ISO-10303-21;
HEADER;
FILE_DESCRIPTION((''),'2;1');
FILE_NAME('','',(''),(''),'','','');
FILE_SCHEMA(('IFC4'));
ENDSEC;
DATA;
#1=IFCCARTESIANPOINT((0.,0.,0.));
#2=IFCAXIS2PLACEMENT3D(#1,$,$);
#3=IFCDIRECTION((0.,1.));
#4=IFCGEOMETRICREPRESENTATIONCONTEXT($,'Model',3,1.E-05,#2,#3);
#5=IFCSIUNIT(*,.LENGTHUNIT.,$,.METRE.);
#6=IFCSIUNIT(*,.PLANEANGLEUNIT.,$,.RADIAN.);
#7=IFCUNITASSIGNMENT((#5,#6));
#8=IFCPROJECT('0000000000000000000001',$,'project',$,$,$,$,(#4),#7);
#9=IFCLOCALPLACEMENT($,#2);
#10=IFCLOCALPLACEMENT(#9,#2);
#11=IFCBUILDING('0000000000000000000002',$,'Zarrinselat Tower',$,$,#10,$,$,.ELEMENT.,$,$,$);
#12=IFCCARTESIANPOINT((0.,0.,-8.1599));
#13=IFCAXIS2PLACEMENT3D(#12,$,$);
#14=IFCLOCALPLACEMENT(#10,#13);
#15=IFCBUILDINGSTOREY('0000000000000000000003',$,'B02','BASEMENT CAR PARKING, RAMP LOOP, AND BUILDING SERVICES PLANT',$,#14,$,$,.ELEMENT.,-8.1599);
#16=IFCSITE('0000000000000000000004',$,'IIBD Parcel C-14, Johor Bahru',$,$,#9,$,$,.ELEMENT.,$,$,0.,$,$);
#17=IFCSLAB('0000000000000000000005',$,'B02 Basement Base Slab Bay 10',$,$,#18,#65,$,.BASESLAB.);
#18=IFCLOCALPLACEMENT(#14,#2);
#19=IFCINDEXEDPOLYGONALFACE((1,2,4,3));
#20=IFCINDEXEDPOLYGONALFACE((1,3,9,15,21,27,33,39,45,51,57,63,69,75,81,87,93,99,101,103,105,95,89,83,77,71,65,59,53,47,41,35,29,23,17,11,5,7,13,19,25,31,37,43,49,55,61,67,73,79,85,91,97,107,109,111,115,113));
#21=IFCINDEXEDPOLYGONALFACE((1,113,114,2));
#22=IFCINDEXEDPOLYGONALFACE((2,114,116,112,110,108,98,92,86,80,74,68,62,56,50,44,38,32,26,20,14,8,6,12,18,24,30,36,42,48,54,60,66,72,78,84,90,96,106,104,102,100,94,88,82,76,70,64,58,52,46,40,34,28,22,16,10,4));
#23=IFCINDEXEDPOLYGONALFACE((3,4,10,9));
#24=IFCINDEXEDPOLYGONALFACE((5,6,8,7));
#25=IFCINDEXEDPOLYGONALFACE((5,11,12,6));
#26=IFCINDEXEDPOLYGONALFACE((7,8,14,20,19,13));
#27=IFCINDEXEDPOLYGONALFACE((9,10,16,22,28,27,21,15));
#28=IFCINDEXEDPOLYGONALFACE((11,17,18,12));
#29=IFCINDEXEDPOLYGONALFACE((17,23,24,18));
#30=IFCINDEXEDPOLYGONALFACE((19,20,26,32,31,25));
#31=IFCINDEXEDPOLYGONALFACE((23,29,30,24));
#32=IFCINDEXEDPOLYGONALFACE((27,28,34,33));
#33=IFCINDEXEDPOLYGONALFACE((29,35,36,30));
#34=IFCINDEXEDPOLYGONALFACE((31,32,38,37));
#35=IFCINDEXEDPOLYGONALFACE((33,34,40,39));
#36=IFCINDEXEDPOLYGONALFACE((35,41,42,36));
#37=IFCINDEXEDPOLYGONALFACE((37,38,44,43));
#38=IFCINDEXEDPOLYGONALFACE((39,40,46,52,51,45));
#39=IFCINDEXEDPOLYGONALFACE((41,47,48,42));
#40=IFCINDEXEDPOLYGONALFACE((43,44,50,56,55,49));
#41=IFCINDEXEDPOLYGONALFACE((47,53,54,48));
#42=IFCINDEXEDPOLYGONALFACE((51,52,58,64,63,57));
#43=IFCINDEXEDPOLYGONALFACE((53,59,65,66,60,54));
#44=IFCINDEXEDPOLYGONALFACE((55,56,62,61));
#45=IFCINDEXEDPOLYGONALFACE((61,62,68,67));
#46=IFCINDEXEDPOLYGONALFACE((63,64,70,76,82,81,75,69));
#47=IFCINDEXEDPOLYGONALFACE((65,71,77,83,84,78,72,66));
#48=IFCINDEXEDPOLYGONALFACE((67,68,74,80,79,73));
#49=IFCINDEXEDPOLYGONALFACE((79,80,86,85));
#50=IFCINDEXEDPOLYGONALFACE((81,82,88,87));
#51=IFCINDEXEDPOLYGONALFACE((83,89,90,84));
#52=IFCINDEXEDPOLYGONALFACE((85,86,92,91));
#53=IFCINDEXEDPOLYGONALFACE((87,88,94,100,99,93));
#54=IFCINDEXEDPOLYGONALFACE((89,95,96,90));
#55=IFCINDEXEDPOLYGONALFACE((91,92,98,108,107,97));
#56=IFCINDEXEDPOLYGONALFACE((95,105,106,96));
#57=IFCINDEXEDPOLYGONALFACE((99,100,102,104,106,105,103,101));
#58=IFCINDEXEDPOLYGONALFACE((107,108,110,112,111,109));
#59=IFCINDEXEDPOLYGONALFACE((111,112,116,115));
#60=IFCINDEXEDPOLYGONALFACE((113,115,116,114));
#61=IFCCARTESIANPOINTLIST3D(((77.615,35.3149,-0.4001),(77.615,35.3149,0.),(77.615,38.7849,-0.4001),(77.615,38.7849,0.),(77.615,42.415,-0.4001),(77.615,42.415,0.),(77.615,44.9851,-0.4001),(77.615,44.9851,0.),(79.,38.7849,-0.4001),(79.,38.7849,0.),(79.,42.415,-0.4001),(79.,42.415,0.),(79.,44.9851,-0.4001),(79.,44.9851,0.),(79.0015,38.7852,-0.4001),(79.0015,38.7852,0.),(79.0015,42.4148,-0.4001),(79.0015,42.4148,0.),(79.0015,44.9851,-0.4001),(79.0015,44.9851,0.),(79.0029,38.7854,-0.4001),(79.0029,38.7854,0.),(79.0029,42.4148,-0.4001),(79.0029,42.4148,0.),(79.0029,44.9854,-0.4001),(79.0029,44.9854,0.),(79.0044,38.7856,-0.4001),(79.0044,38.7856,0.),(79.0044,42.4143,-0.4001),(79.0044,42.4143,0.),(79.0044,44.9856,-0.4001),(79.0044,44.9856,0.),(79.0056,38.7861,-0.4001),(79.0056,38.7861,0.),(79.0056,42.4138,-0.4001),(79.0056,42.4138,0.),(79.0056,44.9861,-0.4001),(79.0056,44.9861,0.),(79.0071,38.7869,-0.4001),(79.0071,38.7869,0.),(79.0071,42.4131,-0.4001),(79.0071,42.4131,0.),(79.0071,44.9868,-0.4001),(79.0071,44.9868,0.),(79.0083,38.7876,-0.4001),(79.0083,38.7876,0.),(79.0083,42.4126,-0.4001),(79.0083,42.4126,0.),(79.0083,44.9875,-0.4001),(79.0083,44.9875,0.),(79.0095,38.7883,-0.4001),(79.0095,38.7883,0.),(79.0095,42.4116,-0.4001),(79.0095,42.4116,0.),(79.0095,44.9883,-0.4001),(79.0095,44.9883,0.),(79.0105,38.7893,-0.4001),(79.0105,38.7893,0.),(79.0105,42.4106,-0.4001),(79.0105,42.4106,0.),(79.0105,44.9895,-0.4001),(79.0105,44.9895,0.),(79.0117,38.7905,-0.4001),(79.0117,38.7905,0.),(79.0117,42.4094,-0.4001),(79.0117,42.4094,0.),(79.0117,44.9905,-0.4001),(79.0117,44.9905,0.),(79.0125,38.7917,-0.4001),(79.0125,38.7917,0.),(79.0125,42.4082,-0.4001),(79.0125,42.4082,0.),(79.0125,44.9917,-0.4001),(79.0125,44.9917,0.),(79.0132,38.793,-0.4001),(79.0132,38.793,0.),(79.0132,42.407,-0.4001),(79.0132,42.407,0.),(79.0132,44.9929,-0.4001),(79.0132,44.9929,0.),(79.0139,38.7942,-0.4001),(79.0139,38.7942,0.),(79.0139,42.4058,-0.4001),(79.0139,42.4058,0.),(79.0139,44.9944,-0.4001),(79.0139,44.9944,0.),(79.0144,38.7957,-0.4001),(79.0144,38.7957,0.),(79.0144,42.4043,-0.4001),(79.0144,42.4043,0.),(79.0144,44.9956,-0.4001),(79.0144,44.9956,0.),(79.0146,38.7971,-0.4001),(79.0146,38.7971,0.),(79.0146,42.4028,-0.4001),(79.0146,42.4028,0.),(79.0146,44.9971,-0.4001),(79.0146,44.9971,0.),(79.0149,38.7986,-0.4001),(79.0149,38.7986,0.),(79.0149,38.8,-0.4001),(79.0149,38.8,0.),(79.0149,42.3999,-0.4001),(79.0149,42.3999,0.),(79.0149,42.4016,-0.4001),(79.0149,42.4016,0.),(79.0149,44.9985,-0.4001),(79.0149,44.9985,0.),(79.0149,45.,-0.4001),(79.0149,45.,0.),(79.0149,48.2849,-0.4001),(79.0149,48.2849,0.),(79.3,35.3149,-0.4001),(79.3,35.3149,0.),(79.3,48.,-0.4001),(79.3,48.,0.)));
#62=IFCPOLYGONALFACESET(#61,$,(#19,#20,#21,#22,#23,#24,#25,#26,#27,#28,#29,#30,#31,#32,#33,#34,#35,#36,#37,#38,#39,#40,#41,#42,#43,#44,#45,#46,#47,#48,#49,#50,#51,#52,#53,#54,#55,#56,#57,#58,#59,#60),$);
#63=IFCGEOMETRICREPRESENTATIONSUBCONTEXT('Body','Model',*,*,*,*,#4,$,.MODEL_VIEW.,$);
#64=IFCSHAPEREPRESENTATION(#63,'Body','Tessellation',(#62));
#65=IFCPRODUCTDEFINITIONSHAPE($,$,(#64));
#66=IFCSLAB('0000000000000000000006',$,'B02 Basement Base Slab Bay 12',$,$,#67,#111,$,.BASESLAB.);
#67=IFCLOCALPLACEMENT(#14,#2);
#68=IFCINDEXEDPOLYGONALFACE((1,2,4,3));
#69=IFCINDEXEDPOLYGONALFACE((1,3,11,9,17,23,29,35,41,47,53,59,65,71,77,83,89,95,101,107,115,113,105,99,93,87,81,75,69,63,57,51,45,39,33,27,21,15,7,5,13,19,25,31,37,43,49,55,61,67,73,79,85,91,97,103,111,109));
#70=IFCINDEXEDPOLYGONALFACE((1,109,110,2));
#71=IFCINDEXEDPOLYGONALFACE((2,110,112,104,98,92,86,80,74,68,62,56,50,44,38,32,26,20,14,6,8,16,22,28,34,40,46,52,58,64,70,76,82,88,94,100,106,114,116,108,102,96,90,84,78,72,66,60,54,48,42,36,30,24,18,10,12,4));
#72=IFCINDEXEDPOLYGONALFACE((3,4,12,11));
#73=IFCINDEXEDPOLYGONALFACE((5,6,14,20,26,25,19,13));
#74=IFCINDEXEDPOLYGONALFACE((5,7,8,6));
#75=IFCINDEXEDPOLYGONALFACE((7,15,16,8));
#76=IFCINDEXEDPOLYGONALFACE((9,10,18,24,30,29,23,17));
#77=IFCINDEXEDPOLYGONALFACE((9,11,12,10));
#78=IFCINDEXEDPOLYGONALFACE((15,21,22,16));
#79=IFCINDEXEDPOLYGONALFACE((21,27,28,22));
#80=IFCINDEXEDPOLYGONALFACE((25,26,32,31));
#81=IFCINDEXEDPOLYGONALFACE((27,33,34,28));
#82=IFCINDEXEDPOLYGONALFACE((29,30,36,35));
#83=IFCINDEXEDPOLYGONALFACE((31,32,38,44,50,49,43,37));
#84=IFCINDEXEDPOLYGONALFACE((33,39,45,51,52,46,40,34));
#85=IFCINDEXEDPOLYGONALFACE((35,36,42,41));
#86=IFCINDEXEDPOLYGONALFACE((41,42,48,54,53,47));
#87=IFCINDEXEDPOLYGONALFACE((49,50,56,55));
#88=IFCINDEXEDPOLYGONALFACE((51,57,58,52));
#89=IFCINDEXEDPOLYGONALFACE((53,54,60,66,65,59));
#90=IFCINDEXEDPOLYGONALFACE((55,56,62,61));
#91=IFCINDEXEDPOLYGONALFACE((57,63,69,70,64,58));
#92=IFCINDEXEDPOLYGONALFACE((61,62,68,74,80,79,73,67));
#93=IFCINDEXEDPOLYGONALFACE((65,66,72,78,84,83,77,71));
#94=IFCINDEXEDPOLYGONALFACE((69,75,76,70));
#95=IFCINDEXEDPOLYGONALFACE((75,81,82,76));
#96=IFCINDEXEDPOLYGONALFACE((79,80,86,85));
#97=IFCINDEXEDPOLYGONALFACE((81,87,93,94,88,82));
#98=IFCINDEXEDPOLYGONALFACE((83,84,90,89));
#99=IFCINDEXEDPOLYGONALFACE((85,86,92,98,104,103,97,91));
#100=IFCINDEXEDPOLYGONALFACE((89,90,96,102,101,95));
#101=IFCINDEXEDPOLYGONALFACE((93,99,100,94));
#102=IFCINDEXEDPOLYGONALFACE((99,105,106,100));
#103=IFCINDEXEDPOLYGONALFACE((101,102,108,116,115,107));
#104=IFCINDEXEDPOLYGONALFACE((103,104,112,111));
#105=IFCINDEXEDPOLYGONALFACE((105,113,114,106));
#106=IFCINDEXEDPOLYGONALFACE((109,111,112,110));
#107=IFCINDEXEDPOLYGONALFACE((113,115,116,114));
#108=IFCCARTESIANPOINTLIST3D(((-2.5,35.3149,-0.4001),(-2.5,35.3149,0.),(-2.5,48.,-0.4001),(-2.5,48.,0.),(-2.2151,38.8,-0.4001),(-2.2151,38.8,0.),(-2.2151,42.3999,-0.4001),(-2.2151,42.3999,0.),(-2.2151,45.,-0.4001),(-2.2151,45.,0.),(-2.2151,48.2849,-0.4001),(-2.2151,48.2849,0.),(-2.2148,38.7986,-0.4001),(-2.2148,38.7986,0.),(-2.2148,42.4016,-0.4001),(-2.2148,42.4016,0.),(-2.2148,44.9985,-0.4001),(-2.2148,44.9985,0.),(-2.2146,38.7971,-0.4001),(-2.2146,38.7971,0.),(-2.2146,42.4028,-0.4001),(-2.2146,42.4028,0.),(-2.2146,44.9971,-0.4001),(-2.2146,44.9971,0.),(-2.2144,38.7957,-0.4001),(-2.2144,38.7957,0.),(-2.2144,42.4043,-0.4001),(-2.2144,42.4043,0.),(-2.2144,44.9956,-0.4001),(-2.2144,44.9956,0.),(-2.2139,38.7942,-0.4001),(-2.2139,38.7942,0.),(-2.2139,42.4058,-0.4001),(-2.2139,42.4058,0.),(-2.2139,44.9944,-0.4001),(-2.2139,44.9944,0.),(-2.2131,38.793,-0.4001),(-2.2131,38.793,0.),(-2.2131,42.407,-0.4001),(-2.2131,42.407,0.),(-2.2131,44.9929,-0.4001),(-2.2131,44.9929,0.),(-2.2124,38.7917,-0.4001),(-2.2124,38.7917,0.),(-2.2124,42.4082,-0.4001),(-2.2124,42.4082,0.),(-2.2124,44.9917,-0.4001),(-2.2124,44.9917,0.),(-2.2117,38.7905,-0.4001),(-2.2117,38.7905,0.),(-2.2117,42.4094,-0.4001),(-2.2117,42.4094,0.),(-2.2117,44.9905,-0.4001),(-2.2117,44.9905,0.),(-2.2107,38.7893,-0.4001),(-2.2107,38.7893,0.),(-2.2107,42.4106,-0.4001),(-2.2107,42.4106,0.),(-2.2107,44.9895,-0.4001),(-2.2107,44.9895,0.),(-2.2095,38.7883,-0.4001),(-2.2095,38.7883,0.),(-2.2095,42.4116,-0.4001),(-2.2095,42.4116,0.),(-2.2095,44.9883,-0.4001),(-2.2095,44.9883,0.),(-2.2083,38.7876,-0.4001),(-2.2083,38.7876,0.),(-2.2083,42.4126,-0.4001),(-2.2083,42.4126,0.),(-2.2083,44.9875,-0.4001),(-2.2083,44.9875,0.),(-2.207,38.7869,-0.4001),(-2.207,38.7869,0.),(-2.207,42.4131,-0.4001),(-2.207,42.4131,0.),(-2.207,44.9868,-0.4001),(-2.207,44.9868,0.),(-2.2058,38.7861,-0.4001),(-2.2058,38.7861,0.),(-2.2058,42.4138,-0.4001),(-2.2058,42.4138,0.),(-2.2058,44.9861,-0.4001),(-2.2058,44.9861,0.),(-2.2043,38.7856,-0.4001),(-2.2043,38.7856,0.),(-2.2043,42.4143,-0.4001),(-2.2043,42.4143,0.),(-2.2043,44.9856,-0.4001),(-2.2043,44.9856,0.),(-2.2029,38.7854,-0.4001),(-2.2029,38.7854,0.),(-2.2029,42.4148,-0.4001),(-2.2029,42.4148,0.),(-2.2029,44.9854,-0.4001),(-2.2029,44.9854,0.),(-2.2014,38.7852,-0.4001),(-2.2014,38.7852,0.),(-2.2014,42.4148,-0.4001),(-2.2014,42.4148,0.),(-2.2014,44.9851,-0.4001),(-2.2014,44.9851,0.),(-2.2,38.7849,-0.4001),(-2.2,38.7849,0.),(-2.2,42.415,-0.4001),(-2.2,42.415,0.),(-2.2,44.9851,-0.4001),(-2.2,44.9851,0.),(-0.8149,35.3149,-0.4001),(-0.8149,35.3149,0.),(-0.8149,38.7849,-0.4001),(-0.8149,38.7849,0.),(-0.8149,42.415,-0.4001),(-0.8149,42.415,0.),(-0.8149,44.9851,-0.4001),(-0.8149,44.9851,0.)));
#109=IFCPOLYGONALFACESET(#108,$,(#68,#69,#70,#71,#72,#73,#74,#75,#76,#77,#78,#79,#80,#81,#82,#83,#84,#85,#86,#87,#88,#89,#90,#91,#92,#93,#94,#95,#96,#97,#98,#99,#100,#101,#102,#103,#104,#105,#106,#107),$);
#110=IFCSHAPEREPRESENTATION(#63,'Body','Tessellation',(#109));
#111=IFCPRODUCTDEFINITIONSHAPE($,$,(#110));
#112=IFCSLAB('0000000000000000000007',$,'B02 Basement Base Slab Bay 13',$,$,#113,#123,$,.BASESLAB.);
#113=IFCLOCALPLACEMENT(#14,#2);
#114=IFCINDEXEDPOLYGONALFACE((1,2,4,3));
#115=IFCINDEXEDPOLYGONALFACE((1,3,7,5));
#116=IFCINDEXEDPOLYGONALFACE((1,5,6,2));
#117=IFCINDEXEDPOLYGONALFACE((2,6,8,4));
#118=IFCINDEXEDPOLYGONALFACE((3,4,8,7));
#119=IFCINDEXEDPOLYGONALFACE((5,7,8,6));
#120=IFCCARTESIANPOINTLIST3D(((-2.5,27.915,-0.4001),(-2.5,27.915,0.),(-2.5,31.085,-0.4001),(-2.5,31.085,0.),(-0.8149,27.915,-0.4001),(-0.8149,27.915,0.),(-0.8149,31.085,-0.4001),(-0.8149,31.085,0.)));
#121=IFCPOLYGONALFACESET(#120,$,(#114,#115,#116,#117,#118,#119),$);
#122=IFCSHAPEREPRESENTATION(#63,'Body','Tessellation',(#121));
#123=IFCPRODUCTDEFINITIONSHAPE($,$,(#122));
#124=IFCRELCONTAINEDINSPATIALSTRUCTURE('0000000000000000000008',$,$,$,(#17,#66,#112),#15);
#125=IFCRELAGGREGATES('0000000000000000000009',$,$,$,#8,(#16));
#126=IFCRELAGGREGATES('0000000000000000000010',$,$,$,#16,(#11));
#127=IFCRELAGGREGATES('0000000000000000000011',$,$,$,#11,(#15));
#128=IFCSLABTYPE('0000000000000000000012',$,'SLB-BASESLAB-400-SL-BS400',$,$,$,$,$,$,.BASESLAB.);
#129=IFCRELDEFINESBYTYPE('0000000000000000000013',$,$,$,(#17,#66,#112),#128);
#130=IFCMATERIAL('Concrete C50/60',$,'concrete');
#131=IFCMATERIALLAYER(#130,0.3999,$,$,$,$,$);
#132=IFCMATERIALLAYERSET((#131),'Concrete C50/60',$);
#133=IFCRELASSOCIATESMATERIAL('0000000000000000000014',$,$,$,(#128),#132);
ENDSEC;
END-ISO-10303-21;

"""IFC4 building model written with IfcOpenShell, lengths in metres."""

from ifc_helpers import new_model, si_unit, direction, frame, origin, place, context, subcontext, project, spatial, polyline, outline, extrude, material, layer, layer_set, type_object, element, save


model = new_model("IFC4")

# Units and contexts
model_context = context("Model", 3, precision=1e-05, world=origin(), true_north=direction((0.0, 1.0)))
body_context = subcontext(model_context, "Body", "Model", "MODEL_VIEW")
ifc_project = project(units=[si_unit("LENGTHUNIT", "METRE"), si_unit("PLANEANGLEUNIT", "RADIAN")], contexts=[model_context])

# Site, building, storey
site_placement = place(None, origin())
site = spatial("IfcSite", under=ifc_project, at=site_placement, Name="IIBD Parcel C-14, Johor Bahru", CompositionType="ELEMENT", RefElevation=0.0)
building_placement = place(site_placement, origin())
building = spatial("IfcBuilding", under=site, at=building_placement, Name="Zarrinselat Tower", CompositionType="ELEMENT")
storey_placement = place(building_placement, frame((0.0, 0.0, -8.1599)))
storey = spatial("IfcBuildingStorey", under=building, at=storey_placement, Name="B02", Description="BASEMENT CAR PARKING, RAMP LOOP, AND BUILDING SERVICES PLANT", CompositionType="ELEMENT", Elevation=-8.1599)

# Slabs
ifc_material_1 = material(Name="Concrete C50/60", Category="concrete")
ifc_layer_1 = layer(ifc_material_1, 0.3999)
ifc_layer_set_1 = layer_set([ifc_layer_1], Name="Concrete C50/60")
slab_type_1 = type_object("IfcSlabType", Name="SLB-BASESLAB-400-SL-BS400", PredefinedType="BASESLAB", material=ifc_layer_set_1)
slab_1_placement = place(storey_placement, frame((0.0, 0.0, -0.4001)))
element("IfcSlab", 1, at=slab_1_placement, inside=storey, type_object=slab_type_1, Name="B02 Basement Base Slab Bay 10", PredefinedType="BASESLAB", context=body_context, shape_type="SweptSolid", body=[
    extrude(outline(polyline([(79.3, 48.0), (79.3, 35.3149), (77.615, 35.3149), (77.615, 38.7849), (79.0, 38.7849), (79.0015, 38.7852), (79.0029, 38.7854), (79.0044, 38.7856), (79.0056, 38.7861), (79.0071, 38.7869), (79.0083, 38.7876), (79.0095, 38.7883), (79.0105, 38.7893), (79.0117, 38.7905), (79.0125, 38.7917), (79.0132, 38.793), (79.0139, 38.7942), (79.0144, 38.7957), (79.0146, 38.7971), (79.0149, 38.7986), (79.0149, 38.8), (79.0149, 42.3999), (79.0149, 42.4016), (79.0146, 42.4028), (79.0144, 42.4043), (79.0139, 42.4058), (79.0132, 42.407), (79.0125, 42.4082), (79.0117, 42.4094), (79.0105, 42.4106), (79.0095, 42.4116), (79.0083, 42.4126), (79.0071, 42.4131), (79.0056, 42.4138), (79.0044, 42.4143), (79.0029, 42.4148), (79.0015, 42.4148), (79.0, 42.415), (77.615, 42.415), (77.615, 44.9851), (79.0, 44.9851), (79.0015, 44.9851), (79.0029, 44.9854), (79.0044, 44.9856), (79.0056, 44.9861), (79.0071, 44.9868), (79.0083, 44.9875), (79.0095, 44.9883), (79.0105, 44.9895), (79.0117, 44.9905), (79.0125, 44.9917), (79.0132, 44.9929), (79.0139, 44.9944), (79.0144, 44.9956), (79.0146, 44.9971), (79.0149, 44.9985), (79.0149, 45.0), (79.0149, 48.2849), (79.3, 48.0)])), origin(), (0.0, 0.0, 1.0), 0.4001),
])
slab_2_placement = place(storey_placement, frame((0.0, 0.0, -0.4001)))
element("IfcSlab", 2, at=slab_2_placement, inside=storey, type_object=slab_type_1, Name="B02 Basement Base Slab Bay 12", PredefinedType="BASESLAB", context=body_context, shape_type="SweptSolid", body=[
    extrude(outline(polyline([(-2.5, 48.0), (-2.2151, 48.2849), (-2.2151, 45.0), (-2.2148, 44.9985), (-2.2146, 44.9971), (-2.2144, 44.9956), (-2.2139, 44.9944), (-2.2131, 44.9929), (-2.2124, 44.9917), (-2.2117, 44.9905), (-2.2107, 44.9895), (-2.2095, 44.9883), (-2.2083, 44.9875), (-2.207, 44.9868), (-2.2058, 44.9861), (-2.2043, 44.9856), (-2.2029, 44.9854), (-2.2014, 44.9851), (-2.2, 44.9851), (-0.8149, 44.9851), (-0.8149, 42.415), (-2.2, 42.415), (-2.2014, 42.4148), (-2.2029, 42.4148), (-2.2043, 42.4143), (-2.2058, 42.4138), (-2.207, 42.4131), (-2.2083, 42.4126), (-2.2095, 42.4116), (-2.2107, 42.4106), (-2.2117, 42.4094), (-2.2124, 42.4082), (-2.2131, 42.407), (-2.2139, 42.4058), (-2.2144, 42.4043), (-2.2146, 42.4028), (-2.2148, 42.4016), (-2.2151, 42.3999), (-2.2151, 38.8), (-2.2148, 38.7986), (-2.2146, 38.7971), (-2.2144, 38.7957), (-2.2139, 38.7942), (-2.2131, 38.793), (-2.2124, 38.7917), (-2.2117, 38.7905), (-2.2107, 38.7893), (-2.2095, 38.7883), (-2.2083, 38.7876), (-2.207, 38.7869), (-2.2058, 38.7861), (-2.2043, 38.7856), (-2.2029, 38.7854), (-2.2014, 38.7852), (-2.2, 38.7849), (-0.8149, 38.7849), (-0.8149, 35.3149), (-2.5, 35.3149), (-2.5, 48.0)])), origin(), (0.0, 0.0, 1.0), 0.4001),
])
slab_3_placement = place(storey_placement, frame((0.0, 0.0, -0.4001)))
element("IfcSlab", 3, at=slab_3_placement, inside=storey, type_object=slab_type_1, Name="B02 Basement Base Slab Bay 13", PredefinedType="BASESLAB", context=body_context, shape_type="SweptSolid", body=[
    extrude(outline(polyline([(-2.5, 31.085), (-0.8149, 31.085), (-0.8149, 27.915), (-2.5, 27.915), (-2.5, 31.085)])), origin(), (0.0, 0.0, 1.0), 0.4001),
])

save(model, "model.ifc")
